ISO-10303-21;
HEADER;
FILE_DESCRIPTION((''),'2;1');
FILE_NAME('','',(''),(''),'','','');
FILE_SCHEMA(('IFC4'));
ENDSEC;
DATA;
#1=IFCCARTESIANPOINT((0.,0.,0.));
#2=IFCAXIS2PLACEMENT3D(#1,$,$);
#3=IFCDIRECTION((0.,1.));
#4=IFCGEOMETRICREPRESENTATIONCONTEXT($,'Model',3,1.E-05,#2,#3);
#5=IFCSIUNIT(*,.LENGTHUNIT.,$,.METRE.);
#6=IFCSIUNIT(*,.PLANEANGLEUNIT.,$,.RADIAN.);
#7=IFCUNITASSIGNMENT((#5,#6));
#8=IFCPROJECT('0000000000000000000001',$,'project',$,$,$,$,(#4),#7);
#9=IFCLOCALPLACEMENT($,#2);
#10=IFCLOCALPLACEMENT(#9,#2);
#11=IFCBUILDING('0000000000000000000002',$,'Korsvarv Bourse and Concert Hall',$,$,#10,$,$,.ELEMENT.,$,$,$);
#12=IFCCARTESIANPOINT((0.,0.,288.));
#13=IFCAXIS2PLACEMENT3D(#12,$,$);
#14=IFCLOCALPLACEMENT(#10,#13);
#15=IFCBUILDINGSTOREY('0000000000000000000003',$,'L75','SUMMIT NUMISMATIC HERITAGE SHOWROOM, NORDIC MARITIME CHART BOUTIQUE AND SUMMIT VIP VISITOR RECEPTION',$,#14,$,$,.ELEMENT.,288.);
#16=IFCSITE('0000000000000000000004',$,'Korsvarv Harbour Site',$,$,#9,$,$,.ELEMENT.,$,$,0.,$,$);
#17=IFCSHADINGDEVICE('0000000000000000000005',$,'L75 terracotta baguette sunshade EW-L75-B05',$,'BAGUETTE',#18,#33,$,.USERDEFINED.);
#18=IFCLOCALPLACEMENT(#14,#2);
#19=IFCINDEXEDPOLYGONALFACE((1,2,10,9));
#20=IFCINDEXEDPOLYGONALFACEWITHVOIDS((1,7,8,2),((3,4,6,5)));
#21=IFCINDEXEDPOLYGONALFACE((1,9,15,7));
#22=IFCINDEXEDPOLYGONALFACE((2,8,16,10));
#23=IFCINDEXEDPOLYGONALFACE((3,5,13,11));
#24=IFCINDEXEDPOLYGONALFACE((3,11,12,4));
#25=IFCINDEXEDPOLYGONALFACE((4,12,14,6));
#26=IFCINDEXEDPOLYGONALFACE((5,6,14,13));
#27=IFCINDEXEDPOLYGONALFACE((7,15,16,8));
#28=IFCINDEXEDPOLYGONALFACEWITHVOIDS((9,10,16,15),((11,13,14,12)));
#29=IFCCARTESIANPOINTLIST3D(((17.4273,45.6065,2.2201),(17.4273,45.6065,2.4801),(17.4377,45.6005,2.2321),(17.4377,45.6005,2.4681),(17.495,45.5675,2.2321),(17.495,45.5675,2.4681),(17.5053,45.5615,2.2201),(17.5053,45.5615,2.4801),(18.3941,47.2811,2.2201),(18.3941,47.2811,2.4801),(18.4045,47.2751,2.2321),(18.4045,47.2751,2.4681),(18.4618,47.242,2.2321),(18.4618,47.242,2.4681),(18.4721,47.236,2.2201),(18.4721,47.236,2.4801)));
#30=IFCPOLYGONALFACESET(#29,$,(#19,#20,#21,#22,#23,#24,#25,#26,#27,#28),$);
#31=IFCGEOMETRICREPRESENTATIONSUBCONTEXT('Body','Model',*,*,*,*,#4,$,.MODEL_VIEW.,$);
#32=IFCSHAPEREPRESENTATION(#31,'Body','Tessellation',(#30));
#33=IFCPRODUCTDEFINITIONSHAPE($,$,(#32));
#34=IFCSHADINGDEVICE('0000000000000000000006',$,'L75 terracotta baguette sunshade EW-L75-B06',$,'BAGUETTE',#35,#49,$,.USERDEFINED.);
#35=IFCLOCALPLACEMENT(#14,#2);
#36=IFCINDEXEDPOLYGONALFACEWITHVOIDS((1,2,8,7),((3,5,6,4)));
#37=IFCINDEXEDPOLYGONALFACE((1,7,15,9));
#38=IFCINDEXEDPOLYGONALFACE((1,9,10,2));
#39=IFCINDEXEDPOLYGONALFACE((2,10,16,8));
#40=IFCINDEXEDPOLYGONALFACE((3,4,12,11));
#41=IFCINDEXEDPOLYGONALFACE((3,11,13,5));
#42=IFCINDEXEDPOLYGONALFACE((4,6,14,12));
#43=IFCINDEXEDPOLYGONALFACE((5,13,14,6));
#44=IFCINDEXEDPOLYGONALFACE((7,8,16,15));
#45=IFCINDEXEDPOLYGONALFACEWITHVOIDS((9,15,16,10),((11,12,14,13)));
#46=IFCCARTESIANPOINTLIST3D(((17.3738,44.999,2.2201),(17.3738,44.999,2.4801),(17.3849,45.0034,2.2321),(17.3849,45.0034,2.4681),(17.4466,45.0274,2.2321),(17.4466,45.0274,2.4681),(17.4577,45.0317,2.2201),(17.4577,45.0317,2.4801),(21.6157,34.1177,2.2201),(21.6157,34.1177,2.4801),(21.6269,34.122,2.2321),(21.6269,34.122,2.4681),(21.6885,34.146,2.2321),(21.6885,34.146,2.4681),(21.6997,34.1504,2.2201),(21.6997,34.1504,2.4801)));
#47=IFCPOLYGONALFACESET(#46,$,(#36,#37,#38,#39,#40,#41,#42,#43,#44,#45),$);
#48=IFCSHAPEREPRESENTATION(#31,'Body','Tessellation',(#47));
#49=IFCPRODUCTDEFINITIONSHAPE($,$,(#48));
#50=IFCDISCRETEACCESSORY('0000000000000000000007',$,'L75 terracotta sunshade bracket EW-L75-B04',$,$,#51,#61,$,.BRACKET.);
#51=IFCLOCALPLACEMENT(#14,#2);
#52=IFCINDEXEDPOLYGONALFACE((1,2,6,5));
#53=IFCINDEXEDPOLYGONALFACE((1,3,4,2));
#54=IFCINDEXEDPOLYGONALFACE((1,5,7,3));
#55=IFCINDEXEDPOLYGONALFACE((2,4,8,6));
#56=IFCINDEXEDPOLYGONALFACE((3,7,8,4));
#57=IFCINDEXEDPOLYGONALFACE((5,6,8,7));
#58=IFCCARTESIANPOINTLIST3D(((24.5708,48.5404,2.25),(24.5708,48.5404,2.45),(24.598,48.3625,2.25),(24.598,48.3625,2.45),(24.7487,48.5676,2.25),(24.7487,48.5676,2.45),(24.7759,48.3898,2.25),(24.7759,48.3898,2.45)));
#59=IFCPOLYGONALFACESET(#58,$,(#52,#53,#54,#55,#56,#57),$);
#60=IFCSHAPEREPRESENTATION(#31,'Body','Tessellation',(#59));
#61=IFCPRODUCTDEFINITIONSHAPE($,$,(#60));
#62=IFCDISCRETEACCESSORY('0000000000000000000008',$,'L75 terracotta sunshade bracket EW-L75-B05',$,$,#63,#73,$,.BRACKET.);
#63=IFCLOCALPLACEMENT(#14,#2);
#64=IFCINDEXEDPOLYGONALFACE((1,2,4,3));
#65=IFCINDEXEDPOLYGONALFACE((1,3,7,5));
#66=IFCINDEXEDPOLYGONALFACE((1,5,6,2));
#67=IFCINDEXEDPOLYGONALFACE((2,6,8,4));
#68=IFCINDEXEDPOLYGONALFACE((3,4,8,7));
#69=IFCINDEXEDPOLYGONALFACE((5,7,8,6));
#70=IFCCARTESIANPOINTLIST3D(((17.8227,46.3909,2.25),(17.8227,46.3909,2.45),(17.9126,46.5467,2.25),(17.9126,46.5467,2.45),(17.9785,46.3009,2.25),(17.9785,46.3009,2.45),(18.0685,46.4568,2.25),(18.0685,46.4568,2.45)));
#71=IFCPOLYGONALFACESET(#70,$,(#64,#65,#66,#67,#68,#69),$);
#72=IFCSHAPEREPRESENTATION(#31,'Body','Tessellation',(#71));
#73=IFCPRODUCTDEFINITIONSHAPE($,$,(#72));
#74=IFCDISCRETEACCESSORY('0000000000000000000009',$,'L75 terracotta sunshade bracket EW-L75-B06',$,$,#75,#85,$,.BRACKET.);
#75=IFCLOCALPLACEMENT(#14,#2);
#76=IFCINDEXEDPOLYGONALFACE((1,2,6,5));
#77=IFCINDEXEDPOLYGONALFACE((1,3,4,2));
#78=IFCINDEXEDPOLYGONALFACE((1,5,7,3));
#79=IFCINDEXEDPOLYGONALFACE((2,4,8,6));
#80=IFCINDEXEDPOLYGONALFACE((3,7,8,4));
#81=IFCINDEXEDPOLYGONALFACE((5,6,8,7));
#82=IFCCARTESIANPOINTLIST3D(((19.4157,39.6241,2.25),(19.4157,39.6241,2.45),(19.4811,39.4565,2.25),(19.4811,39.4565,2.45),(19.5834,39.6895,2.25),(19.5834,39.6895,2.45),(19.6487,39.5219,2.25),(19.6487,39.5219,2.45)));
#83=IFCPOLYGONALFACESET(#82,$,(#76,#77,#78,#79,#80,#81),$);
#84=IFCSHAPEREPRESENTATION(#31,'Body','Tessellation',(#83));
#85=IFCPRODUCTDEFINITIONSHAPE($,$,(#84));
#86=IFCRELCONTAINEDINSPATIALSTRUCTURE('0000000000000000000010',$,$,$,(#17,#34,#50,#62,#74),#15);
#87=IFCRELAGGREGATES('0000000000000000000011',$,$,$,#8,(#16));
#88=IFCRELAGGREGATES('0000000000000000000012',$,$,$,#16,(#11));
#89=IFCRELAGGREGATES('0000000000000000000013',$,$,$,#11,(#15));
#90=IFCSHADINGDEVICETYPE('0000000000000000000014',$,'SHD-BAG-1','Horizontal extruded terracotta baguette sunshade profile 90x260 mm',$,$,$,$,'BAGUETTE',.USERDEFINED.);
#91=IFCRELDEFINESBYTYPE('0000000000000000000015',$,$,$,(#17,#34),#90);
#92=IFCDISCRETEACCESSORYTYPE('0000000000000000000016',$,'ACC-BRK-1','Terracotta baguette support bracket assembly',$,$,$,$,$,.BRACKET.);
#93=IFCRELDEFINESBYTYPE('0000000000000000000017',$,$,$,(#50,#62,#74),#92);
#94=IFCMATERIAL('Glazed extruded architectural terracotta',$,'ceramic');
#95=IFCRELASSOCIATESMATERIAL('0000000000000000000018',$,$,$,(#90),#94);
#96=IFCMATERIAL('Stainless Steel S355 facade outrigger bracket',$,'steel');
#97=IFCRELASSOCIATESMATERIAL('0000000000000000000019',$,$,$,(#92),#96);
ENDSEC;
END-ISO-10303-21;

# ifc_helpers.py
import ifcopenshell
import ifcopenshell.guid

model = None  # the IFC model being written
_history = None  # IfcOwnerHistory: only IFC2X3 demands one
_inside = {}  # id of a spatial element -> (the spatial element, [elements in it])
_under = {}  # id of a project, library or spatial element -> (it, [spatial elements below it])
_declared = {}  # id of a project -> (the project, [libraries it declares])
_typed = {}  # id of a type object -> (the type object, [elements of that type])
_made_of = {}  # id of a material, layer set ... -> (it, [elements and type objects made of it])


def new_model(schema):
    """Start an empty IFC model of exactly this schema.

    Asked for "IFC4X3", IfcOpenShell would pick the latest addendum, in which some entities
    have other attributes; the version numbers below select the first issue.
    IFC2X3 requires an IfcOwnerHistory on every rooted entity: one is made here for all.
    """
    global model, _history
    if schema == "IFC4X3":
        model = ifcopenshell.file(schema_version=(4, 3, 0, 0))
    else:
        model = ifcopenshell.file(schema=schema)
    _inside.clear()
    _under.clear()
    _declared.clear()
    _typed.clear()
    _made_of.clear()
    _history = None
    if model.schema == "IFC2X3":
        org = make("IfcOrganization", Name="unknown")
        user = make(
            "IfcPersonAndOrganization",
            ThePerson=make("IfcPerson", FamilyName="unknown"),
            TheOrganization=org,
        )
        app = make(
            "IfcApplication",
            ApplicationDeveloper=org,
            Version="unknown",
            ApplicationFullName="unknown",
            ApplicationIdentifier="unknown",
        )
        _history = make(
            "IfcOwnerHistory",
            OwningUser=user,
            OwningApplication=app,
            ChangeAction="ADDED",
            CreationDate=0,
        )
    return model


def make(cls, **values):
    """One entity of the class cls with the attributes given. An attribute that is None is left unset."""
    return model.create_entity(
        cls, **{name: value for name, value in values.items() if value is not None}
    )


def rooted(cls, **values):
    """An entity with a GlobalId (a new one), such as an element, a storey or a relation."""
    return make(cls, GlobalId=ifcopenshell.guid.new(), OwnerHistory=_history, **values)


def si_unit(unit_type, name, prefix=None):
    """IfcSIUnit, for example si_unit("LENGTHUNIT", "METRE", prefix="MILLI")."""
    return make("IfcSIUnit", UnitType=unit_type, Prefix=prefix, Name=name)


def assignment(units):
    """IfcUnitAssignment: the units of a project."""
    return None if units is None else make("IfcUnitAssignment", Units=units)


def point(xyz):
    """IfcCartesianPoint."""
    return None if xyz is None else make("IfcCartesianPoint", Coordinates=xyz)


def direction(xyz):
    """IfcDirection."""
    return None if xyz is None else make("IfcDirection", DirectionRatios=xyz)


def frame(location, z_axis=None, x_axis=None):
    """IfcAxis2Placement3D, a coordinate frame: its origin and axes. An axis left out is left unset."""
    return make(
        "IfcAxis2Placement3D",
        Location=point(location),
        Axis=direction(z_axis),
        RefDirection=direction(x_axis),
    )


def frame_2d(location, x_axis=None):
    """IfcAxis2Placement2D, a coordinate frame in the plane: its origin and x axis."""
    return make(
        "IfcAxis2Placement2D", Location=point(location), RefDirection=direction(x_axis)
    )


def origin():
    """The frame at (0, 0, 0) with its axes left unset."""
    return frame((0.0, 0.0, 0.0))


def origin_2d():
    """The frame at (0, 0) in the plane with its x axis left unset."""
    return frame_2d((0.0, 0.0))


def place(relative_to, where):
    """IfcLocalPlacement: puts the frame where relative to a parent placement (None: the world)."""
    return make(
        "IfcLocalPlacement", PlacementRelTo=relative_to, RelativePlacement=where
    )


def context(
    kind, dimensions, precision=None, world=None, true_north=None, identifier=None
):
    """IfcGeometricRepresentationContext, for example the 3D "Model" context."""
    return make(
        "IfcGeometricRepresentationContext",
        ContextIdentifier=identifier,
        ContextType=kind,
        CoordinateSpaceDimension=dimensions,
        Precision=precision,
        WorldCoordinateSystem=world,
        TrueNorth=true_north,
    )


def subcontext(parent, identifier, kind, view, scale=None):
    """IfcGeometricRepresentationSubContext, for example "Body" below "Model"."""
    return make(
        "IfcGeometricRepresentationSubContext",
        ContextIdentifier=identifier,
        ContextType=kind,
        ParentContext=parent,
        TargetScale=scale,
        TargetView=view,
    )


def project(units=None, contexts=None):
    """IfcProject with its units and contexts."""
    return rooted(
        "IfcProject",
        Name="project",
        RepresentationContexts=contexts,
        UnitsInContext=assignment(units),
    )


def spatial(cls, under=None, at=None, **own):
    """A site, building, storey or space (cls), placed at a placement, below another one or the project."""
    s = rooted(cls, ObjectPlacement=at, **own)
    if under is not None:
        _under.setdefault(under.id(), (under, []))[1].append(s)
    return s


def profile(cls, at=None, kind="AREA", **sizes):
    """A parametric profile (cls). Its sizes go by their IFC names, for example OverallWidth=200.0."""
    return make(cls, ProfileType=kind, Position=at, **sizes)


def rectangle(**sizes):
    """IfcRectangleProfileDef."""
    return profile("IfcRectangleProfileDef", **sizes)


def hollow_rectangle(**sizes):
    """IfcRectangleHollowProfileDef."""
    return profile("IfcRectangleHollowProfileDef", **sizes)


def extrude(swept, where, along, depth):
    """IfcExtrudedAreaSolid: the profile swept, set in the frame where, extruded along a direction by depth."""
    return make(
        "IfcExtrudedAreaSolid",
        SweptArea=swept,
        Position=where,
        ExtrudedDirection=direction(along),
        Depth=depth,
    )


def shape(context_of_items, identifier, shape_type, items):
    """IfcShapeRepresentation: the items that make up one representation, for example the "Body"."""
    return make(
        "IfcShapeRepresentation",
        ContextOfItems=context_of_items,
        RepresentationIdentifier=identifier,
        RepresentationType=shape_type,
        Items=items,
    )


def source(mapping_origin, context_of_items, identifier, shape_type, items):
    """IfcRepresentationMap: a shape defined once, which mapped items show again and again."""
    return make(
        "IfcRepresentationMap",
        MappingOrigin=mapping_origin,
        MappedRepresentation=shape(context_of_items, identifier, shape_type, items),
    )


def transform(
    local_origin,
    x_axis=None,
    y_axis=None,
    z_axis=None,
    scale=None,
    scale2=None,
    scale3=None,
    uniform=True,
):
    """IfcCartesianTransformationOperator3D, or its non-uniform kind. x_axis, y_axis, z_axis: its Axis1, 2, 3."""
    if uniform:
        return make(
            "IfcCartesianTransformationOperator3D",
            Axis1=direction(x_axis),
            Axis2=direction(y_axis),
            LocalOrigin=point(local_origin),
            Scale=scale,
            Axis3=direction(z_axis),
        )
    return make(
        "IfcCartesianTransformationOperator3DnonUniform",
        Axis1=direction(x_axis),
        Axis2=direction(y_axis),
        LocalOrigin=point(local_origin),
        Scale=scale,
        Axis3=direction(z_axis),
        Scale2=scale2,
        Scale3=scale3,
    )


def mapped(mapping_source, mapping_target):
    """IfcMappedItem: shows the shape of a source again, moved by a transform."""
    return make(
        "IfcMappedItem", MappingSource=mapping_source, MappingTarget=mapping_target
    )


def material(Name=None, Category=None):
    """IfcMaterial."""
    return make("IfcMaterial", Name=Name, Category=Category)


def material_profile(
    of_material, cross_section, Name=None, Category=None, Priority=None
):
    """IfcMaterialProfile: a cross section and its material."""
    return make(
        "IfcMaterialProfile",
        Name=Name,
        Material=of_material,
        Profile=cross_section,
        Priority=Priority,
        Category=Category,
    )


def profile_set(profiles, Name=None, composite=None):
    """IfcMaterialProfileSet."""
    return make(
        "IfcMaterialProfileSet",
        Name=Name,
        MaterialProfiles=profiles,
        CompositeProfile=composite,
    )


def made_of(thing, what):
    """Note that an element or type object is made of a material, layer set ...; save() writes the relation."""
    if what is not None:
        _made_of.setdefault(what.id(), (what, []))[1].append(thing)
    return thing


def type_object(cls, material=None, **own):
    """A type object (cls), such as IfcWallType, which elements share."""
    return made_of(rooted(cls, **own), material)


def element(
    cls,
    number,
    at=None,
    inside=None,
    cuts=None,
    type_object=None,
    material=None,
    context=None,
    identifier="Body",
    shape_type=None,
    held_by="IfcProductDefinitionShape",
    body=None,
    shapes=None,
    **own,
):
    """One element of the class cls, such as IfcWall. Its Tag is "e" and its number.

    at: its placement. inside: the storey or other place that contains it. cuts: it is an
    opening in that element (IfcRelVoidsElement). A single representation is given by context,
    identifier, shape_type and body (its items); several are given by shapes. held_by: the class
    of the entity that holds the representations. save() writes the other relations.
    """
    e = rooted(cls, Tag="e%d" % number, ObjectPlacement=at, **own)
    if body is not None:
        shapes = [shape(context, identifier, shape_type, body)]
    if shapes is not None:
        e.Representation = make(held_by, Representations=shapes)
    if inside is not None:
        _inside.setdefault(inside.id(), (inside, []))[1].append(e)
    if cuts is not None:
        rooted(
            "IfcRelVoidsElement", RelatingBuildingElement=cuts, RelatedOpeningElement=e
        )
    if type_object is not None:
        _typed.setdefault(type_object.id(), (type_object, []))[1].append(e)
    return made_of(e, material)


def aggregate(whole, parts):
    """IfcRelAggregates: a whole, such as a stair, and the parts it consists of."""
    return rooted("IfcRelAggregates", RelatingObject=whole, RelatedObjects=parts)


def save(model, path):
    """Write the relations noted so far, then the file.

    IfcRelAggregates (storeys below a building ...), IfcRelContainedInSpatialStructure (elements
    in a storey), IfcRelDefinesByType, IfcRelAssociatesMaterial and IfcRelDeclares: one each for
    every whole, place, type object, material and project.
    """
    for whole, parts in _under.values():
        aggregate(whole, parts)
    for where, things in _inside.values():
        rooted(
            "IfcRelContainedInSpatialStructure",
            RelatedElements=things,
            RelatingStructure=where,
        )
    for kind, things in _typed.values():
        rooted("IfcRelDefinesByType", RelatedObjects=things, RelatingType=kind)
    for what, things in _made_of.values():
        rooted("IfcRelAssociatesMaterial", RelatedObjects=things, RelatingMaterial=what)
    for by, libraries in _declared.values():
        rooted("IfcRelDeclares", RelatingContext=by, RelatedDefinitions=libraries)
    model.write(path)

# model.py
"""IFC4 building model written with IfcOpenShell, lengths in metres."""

from ifc_helpers import new_model, si_unit, direction, frame, origin, origin_2d, place, context, subcontext, project, spatial, rectangle, hollow_rectangle, extrude, source, transform, mapped, material, material_profile, profile_set, type_object, element, save


model = new_model("IFC4")

# Units and contexts
model_context = context("Model", 3, precision=1e-05, world=origin(), true_north=direction((0.0, 1.0)))
body_context = subcontext(model_context, "Body", "Model", "MODEL_VIEW")
ifc_project = project(units=[si_unit("LENGTHUNIT", "METRE"), si_unit("PLANEANGLEUNIT", "RADIAN")], contexts=[model_context])

# Site, building, storey
site_placement = place(None, origin())
site = spatial("IfcSite", under=ifc_project, at=site_placement, Name="Korsvarv Harbour Site", CompositionType="ELEMENT", RefElevation=0.0)
building_placement = place(site_placement, origin())
building = spatial("IfcBuilding", under=site, at=building_placement, Name="Korsvarv Bourse and Concert Hall", CompositionType="ELEMENT")
storey_placement = place(building_placement, frame((0.0, 0.0, 288.0)))
storey = spatial("IfcBuildingStorey", under=building, at=storey_placement, Name="L75", Description="SUMMIT NUMISMATIC HERITAGE SHOWROOM, NORDIC MARITIME CHART BOUTIQUE AND SUMMIT VIP VISITOR RECEPTION", CompositionType="ELEMENT", Elevation=288.0)

# Shading devices
ifc_material_1 = material(Name="Glazed extruded architectural terracotta", Category="ceramic")
ifc_material_profile_1 = material_profile(ifc_material_1, hollow_rectangle(XDim=0.0901, YDim=0.26, WallThickness=0.012, at=origin_2d()), Name="TC-BAG 90x260")
ifc_profile_set_1 = profile_set([ifc_material_profile_1], Name="Glazed extruded architectural terracotta")
shading_device_type = type_object("IfcShadingDeviceType", Name="SHD-BAG-1", Description="Horizontal extruded terracotta baguette sunshade profile 90x260 mm", ElementType="BAGUETTE", PredefinedType="USERDEFINED", material=ifc_profile_set_1)
shared_shape_1 = source(origin(), body_context, "Body", "SweptSolid", [
    extrude(hollow_rectangle(XDim=0.0901, YDim=0.26, WallThickness=0.012, at=origin_2d()), origin(), (0.0, 0.0, 1.0), 1.9336),
])
shading_device_1_placement = place(storey_placement, frame((18.4331, 47.2585, 2.3501), z_axis=(-0.499996, -0.866028, 0.0), x_axis=(0.866028, -0.499996, 0.0)))
element("IfcShadingDevice", 1, at=shading_device_1_placement, inside=storey, type_object=shading_device_type, Name="L75 terracotta baguette sunshade EW-L75-B05", ObjectType="BAGUETTE", PredefinedType="USERDEFINED", context=body_context, shape_type="MappedRepresentation", body=[
    mapped(shared_shape_1, transform((0.0, 0.0, 0.0), scale=1.0)),
])
shared_shape_2 = source(origin(), body_context, "Body", "SweptSolid", [
    extrude(hollow_rectangle(XDim=0.0901, YDim=0.26, WallThickness=0.012, at=origin_2d()), origin(), (0.0, 0.0, 1.0), 11.679),
])
shading_device_2_placement = place(storey_placement, frame((17.4158, 45.0154, 2.3501), z_axis=(0.363213, -0.931706, 0.0), x_axis=(0.931706, 0.363213, 0.0)))
element("IfcShadingDevice", 2, at=shading_device_2_placement, inside=storey, type_object=shading_device_type, Name="L75 terracotta baguette sunshade EW-L75-B06", ObjectType="BAGUETTE", PredefinedType="USERDEFINED", context=body_context, shape_type="MappedRepresentation", body=[
    mapped(shared_shape_2, transform((0.0, 0.0, 0.0), scale=1.0)),
])

# Discrete accessories
ifc_material_2 = material(Name="Stainless Steel S355 facade outrigger bracket", Category="steel")
discrete_accessory_type = type_object("IfcDiscreteAccessoryType", Name="ACC-BRK-1", Description="Terracotta baguette support bracket assembly", PredefinedType="BRACKET", material=ifc_material_2)
shared_shape_3 = source(origin(), body_context, "Body", "SweptSolid", [
    extrude(rectangle(XDim=0.1799, YDim=0.1799, at=origin_2d()), origin(), (0.0, 0.0, 1.0), 0.2),
])
for number, where, z_axis, x_axis, name in (
    (3, (24.6733, 48.4651, 2.25), (0.0, 0.0, 1.0), (-0.988494, -0.151261, 0.0), "L75 terracotta sunshade bracket EW-L75-B04"),
    (4, (17.9456, 46.4238, 2.25), (0.0, 0.0, 1.0), (-0.5, -0.866025, 0.0), "L75 terracotta sunshade bracket EW-L75-B05"),
    (5, (19.5322, 39.573, 2.25), (0.0, 0.0, 1.0), (0.363251, -0.931691, 0.0), "L75 terracotta sunshade bracket EW-L75-B06"),
):
    element("IfcDiscreteAccessory", number, at=place(storey_placement, frame(where, z_axis=z_axis, x_axis=x_axis)), inside=storey, type_object=discrete_accessory_type, Name=name, PredefinedType="BRACKET", context=body_context, shape_type="MappedRepresentation", body=[
        mapped(shared_shape_3, transform((0.0, 0.0, 0.0), scale=1.0)),
    ])

save(model, "model.ifc")
